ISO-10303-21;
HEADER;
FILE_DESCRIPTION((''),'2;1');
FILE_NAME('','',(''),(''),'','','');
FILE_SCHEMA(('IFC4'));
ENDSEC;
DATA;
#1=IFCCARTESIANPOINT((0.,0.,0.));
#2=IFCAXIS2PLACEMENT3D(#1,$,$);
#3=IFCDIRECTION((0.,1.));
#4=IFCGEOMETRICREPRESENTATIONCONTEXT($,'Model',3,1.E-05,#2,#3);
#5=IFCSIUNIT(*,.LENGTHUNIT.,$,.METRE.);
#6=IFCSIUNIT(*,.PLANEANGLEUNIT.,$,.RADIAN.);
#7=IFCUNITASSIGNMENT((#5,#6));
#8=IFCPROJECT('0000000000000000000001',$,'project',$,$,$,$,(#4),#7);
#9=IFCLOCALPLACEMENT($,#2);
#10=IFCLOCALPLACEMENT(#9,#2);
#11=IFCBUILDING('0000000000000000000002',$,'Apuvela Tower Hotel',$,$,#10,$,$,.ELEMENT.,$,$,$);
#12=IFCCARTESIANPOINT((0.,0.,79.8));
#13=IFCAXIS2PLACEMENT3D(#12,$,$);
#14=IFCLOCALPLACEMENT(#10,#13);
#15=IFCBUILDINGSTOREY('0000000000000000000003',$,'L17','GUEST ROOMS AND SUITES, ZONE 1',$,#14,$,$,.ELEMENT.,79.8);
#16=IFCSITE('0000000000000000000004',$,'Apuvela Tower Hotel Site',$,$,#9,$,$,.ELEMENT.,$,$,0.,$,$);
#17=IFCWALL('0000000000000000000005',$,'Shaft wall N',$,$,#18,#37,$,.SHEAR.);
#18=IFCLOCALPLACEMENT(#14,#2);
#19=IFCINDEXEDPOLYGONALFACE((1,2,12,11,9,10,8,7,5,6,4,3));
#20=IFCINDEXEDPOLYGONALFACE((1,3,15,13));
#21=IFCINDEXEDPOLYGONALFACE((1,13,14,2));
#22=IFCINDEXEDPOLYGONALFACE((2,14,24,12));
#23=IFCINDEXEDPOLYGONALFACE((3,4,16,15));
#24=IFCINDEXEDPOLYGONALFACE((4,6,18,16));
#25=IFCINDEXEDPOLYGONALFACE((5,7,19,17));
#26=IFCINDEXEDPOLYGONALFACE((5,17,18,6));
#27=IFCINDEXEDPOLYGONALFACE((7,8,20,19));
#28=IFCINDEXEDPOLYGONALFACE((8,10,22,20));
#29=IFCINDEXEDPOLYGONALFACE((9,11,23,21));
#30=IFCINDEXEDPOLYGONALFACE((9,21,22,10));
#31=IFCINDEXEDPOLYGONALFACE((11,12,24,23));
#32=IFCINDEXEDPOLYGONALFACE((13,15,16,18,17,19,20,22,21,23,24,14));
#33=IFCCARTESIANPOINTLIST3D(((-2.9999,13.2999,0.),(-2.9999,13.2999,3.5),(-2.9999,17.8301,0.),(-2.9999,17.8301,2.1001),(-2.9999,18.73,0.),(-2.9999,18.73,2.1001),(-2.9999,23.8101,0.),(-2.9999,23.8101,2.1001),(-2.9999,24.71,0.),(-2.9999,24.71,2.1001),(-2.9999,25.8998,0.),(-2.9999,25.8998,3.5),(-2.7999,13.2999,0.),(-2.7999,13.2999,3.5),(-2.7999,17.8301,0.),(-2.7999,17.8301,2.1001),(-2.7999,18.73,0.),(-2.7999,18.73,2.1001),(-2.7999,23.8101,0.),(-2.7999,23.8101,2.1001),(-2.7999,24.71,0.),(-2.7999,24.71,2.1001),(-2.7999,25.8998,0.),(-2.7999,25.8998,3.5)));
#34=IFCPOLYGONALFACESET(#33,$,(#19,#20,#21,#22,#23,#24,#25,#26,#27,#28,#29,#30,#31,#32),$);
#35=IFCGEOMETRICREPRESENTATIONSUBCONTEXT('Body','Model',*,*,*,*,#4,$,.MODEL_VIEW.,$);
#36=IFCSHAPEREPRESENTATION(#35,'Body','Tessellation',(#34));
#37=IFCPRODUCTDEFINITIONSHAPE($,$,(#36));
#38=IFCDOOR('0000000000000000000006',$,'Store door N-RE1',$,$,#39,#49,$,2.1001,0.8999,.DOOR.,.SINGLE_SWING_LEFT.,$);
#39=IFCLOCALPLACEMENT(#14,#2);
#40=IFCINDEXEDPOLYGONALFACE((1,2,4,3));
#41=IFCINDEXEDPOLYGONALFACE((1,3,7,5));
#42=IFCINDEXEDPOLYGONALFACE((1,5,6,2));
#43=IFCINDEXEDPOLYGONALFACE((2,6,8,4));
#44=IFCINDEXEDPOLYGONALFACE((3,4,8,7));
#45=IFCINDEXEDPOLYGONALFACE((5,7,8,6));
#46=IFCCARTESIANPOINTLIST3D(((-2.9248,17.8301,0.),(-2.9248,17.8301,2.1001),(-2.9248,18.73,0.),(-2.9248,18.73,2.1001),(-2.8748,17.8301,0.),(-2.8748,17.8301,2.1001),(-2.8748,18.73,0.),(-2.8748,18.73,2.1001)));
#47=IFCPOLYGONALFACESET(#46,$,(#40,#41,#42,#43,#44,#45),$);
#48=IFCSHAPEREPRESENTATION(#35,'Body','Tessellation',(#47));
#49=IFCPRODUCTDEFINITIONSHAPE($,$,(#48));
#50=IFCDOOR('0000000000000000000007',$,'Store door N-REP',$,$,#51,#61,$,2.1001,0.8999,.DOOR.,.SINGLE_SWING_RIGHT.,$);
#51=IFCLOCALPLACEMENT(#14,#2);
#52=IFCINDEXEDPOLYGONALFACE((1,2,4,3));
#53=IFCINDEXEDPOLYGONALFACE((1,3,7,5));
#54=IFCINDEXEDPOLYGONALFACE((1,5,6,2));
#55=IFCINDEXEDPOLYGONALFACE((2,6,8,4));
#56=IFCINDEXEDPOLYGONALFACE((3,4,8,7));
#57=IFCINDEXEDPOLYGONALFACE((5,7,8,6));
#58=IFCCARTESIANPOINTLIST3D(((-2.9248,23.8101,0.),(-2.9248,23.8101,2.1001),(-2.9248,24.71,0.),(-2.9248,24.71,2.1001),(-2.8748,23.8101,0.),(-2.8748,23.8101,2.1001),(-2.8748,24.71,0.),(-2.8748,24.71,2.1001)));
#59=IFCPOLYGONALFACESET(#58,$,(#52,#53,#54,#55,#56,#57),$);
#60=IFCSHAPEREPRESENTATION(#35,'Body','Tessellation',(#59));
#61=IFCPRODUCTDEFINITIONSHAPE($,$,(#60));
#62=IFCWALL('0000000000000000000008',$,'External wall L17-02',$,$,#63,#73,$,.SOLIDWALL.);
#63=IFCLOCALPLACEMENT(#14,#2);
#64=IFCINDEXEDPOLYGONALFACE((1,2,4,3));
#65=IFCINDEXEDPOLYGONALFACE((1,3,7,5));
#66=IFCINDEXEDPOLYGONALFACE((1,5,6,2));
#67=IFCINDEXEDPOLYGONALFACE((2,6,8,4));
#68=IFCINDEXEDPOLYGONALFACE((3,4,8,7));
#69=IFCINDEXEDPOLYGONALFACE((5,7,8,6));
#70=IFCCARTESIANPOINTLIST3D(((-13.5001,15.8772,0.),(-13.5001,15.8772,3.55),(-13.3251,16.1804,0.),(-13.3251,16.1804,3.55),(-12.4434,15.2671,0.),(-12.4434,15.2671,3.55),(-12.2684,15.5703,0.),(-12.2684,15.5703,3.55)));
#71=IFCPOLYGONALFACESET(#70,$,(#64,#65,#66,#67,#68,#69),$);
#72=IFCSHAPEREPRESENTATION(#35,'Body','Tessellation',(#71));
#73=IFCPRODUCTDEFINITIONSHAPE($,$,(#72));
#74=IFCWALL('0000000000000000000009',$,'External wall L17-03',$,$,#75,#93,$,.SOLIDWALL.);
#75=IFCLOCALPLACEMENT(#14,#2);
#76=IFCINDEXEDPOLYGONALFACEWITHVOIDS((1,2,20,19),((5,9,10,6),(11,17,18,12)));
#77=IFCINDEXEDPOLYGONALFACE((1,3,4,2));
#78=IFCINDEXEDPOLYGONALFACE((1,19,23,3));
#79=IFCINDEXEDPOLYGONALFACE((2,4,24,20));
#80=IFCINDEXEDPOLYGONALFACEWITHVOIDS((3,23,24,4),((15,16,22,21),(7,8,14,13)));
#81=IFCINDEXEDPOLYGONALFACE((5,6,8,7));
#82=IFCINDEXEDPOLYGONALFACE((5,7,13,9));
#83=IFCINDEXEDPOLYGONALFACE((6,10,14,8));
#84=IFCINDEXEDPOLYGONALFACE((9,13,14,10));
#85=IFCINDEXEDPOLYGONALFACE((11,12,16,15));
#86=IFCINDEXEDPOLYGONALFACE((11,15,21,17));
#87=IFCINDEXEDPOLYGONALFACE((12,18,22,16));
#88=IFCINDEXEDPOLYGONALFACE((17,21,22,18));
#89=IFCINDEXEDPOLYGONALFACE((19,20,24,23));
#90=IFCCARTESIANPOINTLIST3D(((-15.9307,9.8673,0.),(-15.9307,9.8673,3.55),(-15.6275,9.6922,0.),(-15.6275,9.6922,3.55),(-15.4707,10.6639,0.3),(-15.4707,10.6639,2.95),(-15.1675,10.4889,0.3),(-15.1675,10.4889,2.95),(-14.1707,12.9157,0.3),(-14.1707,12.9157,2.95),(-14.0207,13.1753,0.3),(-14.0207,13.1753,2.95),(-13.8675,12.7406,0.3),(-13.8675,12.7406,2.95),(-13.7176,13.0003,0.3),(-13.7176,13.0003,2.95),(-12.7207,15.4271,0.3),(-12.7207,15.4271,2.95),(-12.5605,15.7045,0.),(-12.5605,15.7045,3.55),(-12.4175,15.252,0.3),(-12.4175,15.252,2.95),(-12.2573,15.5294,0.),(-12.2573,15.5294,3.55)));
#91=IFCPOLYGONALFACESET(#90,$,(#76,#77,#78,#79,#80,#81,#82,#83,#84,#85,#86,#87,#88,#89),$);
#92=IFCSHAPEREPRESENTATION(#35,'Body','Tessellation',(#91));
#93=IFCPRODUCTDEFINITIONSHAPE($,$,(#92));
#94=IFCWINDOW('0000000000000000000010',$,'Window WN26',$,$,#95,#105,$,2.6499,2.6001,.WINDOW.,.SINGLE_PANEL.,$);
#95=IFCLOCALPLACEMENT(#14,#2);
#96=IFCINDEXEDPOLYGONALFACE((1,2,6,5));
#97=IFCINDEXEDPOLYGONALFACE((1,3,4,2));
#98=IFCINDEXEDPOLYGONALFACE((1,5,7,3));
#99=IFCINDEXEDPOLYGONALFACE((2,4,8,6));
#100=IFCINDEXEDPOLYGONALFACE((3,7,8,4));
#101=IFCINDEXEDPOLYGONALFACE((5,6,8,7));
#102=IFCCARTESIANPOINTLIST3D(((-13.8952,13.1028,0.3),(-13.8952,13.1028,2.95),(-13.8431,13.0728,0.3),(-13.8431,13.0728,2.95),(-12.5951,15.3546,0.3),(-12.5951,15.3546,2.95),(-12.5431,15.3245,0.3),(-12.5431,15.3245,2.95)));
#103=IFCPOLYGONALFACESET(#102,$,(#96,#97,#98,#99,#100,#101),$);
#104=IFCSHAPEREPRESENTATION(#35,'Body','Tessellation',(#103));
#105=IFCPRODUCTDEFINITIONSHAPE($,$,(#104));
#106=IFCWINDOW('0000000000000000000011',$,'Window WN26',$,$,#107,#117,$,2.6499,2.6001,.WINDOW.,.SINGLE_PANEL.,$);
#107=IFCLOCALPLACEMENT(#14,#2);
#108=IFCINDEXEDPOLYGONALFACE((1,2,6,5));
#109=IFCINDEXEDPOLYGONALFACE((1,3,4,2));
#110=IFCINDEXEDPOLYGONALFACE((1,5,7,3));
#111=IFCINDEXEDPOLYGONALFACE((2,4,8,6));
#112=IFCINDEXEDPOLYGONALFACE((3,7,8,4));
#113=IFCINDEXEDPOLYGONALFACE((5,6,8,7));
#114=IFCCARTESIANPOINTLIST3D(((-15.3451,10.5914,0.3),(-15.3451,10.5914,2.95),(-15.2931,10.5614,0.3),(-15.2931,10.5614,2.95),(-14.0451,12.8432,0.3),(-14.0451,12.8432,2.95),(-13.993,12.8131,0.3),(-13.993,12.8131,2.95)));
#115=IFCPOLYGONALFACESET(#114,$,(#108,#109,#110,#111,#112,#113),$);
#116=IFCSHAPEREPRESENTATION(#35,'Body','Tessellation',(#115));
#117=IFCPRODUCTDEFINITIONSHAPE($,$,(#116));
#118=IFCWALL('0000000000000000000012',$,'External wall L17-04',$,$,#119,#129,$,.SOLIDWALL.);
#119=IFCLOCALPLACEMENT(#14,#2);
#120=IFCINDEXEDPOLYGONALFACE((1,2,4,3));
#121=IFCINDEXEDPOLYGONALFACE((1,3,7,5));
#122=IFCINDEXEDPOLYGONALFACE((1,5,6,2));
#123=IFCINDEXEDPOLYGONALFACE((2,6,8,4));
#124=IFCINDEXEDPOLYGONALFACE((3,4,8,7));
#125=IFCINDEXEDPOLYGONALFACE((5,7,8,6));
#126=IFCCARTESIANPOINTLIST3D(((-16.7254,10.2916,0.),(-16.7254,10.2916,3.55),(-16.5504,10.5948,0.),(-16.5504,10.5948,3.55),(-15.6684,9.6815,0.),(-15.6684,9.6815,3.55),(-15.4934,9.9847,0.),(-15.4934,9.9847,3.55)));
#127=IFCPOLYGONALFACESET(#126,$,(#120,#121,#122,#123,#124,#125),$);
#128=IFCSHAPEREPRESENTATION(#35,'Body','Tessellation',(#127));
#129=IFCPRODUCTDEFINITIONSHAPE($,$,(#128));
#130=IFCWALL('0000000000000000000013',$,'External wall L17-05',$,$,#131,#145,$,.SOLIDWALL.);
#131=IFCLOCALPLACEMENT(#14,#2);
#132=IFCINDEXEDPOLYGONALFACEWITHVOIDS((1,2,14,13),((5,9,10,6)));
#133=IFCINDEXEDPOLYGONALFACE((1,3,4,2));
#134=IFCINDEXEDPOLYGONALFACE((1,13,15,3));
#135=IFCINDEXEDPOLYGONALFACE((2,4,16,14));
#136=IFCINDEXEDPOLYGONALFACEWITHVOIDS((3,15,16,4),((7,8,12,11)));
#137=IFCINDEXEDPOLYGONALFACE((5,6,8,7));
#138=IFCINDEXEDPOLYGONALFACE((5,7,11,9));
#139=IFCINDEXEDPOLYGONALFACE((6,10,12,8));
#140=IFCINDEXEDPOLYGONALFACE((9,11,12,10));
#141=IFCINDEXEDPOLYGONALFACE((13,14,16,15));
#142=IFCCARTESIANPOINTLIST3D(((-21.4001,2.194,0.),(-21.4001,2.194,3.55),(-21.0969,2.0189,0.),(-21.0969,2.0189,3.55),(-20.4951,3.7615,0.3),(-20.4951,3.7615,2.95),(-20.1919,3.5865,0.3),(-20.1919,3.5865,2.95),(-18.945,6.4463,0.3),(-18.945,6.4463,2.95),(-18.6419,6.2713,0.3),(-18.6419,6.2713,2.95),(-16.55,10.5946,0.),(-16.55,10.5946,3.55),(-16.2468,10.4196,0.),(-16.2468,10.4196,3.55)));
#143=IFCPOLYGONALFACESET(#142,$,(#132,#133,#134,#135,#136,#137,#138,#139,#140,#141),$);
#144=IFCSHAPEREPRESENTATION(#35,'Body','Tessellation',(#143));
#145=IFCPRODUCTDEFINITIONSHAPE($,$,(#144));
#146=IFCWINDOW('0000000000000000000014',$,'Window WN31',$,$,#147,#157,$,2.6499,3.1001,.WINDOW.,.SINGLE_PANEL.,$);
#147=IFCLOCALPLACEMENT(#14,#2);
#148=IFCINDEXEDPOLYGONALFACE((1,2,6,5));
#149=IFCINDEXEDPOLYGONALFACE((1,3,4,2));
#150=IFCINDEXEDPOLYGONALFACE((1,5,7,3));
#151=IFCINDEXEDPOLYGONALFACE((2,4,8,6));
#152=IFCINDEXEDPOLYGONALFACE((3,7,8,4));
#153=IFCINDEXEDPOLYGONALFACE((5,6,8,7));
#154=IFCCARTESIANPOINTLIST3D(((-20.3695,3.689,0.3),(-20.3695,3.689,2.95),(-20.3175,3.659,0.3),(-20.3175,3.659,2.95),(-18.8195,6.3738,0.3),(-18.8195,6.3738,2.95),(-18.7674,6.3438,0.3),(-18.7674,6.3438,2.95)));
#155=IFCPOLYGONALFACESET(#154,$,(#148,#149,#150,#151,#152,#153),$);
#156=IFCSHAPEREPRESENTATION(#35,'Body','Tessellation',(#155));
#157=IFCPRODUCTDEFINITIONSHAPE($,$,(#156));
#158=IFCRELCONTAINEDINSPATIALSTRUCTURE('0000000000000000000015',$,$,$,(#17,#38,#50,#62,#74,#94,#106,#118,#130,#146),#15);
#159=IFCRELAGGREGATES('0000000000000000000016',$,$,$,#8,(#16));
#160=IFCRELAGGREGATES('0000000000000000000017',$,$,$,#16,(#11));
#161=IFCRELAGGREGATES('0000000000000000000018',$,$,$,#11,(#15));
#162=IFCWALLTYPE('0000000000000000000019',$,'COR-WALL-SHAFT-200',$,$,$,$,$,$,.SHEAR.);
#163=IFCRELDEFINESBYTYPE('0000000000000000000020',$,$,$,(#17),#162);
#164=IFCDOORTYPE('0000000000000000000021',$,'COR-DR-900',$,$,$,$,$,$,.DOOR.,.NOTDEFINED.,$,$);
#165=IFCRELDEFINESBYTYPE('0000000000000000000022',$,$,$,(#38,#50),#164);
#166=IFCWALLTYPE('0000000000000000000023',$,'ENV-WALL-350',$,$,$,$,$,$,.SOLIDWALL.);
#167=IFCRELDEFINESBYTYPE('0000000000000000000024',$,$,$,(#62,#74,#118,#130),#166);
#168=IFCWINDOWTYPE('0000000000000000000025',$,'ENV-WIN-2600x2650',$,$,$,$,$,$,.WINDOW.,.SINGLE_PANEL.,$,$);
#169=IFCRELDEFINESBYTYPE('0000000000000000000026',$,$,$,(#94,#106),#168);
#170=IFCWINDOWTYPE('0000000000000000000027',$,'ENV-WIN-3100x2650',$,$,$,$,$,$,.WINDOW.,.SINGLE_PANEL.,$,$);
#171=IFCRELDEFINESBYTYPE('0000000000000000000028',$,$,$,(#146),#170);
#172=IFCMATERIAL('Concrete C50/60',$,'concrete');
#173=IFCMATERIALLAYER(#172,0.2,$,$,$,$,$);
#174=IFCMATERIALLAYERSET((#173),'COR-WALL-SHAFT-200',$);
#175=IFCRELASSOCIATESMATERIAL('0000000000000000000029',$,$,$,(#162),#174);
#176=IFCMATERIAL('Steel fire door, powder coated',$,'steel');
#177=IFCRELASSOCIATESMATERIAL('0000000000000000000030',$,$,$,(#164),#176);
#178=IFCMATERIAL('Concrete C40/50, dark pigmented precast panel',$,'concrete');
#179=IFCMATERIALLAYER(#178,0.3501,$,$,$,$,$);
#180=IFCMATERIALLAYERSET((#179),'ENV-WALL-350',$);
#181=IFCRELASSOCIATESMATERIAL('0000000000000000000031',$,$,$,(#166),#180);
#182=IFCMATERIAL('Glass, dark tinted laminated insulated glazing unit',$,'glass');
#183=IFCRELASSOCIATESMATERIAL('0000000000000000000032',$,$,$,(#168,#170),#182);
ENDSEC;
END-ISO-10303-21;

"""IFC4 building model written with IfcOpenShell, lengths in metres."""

from ifc_helpers import new_model, si_unit, direction, frame, frame_2d, origin, place, context, subcontext, project, spatial, rectangle, extrude, material, layer, layer_set, type_object, element, fill, save


model = new_model("IFC4")

# Units and contexts
model_context = context("Model", 3, precision=1e-05, world=origin(), true_north=direction((0.0, 1.0)))
body_context = subcontext(model_context, "Body", "Model", "MODEL_VIEW")
ifc_project = project(units=[si_unit("LENGTHUNIT", "METRE"), si_unit("PLANEANGLEUNIT", "RADIAN")], contexts=[model_context])

# Site, building, storey
site_placement = place(None, origin())
site = spatial("IfcSite", under=ifc_project, at=site_placement, Name="Apuvela Tower Hotel Site", CompositionType="ELEMENT", RefElevation=0.0)
building_placement = place(site_placement, origin())
building = spatial("IfcBuilding", under=site, at=building_placement, Name="Apuvela Tower Hotel", CompositionType="ELEMENT")
storey_placement = place(building_placement, frame((0.0, 0.0, 79.8)))
storey = spatial("IfcBuildingStorey", under=building, at=storey_placement, Name="L17", Description="GUEST ROOMS AND SUITES, ZONE 1", CompositionType="ELEMENT", Elevation=79.8)

# Shared definitions
ifc_material_1 = material(Name="Concrete C50/60", Category="concrete")
ifc_layer_1 = layer(ifc_material_1, 0.2)
ifc_layer_set_1 = layer_set([ifc_layer_1], Name="COR-WALL-SHAFT-200")
wall_type_1 = type_object("IfcWallType", Name="COR-WALL-SHAFT-200", PredefinedType="SHEAR", material=ifc_layer_set_1)

# Wall, openings, doors
wall_1_placement = place(storey_placement, frame((-2.8999, 13.3, 0.0), z_axis=(0.0, 0.0, 1.0), x_axis=(0.0, 1.0, 0.0)))
wall_1 = element("IfcWall", 1, at=wall_1_placement, inside=storey, type_object=wall_type_1, Name="Shaft wall N", PredefinedType="SHEAR", context=body_context, shape_type="SweptSolid", body=[
    extrude(rectangle(XDim=12.5999, YDim=0.2, at=frame_2d((6.2998, 0.0))), origin(), (0.0, 0.0, 1.0), 3.5),
])
opening_1_placement = place(wall_1_placement, frame((4.53, 0.0, 0.0)))
opening_1 = element("IfcOpeningElement", 2, at=opening_1_placement, cuts=wall_1, PredefinedType="OPENING", context=body_context, shape_type="SweptSolid", body=[
    extrude(rectangle(XDim=0.8999, YDim=2.1001, at=frame_2d((0.45, 1.05))), frame((0.0, 0.1099, 0.0), z_axis=(0.0, -1.0, 0.0), x_axis=(1.0, 0.0, 0.0)), (0.0, 0.0, 1.0), 0.22),
])
opening_2_placement = place(wall_1_placement, frame((10.51, 0.0, 0.0)))
opening_2 = element("IfcOpeningElement", 3, at=opening_2_placement, cuts=wall_1, PredefinedType="OPENING", context=body_context, shape_type="SweptSolid", body=[
    extrude(rectangle(XDim=0.8999, YDim=2.1001, at=frame_2d((0.45, 1.05))), frame((0.0, 0.1099, 0.0), z_axis=(0.0, -1.0, 0.0), x_axis=(1.0, 0.0, 0.0)), (0.0, 0.0, 1.0), 0.22),
])
ifc_material_2 = material(Name="Steel fire door, powder coated", Category="steel")
door_type = type_object("IfcDoorType", Name="COR-DR-900", OperationType="NOTDEFINED", PredefinedType="DOOR", material=ifc_material_2)
door_1_placement = place(opening_1_placement, origin())
door_1 = element("IfcDoor", 4, at=door_1_placement, inside=storey, type_object=door_type, Name="Store door N-RE1", OperationType="SINGLE_SWING_LEFT", OverallHeight=2.1001, OverallWidth=0.8999, PredefinedType="DOOR", context=body_context, shape_type="SweptSolid", body=[
    extrude(rectangle(XDim=0.8999, YDim=2.1001, at=frame_2d((0.45, 1.05))), frame((0.0, 0.0249, 0.0), z_axis=(0.0, -1.0, 0.0), x_axis=(1.0, 0.0, 0.0)), (0.0, 0.0, 1.0), 0.05),
])
fill(opening_1, door_1)
door_2_placement = place(opening_2_placement, origin())
door_2 = element("IfcDoor", 5, at=door_2_placement, inside=storey, type_object=door_type, Name="Store door N-REP", OperationType="SINGLE_SWING_RIGHT", OverallHeight=2.1001, OverallWidth=0.8999, PredefinedType="DOOR", context=body_context, shape_type="SweptSolid", body=[
    extrude(rectangle(XDim=0.8999, YDim=2.1001, at=frame_2d((0.45, 1.05))), frame((0.0, 0.0249, 0.0), z_axis=(0.0, -1.0, 0.0), x_axis=(1.0, 0.0, 0.0)), (0.0, 0.0, 1.0), 0.05),
])
fill(opening_2, door_2)

# Wall
ifc_material_3 = material(Name="Concrete C40/50, dark pigmented precast panel", Category="concrete")
ifc_layer_2 = layer(ifc_material_3, 0.3501)
ifc_layer_set_2 = layer_set([ifc_layer_2], Name="ENV-WALL-350")
wall_type_2 = type_object("IfcWallType", Name="ENV-WALL-350", PredefinedType="SOLIDWALL", material=ifc_layer_set_2)
wall_2_placement = place(storey_placement, frame((-13.4126, 16.0288, 0.0), z_axis=(0.0, 0.0, 1.0), x_axis=(0.866006, -0.500034, 0.0)))
element("IfcWall", 6, at=wall_2_placement, inside=storey, type_object=wall_type_2, Name="External wall L17-02", PredefinedType="SOLIDWALL", context=body_context, shape_type="SweptSolid", body=[
    extrude(rectangle(XDim=1.2202, YDim=0.3501, at=frame_2d((0.6101, 0.0))), origin(), (0.0, 0.0, 1.0), 3.55),
])

# Wall, openings, windows
wall_3_placement = place(storey_placement, frame((-12.4089, 15.6169, 0.0), z_axis=(0.0, 0.0, 1.0), x_axis=(-0.500004, -0.866023, 0.0)))
wall_3 = element("IfcWall", 7, at=wall_3_placement, inside=storey, type_object=wall_type_2, Name="External wall L17-03", PredefinedType="SOLIDWALL", context=body_context, shape_type="SweptSolid", body=[
    extrude(rectangle(XDim=6.7402, YDim=0.3501, at=frame_2d((3.3701, 0.0))), origin(), (0.0, 0.0, 1.0), 3.55),
])
opening_3_placement = place(wall_3_placement, frame((0.3203, 0.0, 0.3)))
opening_3 = element("IfcOpeningElement", 8, at=opening_3_placement, cuts=wall_3, PredefinedType="OPENING", context=body_context, shape_type="SweptSolid", body=[
    extrude(rectangle(XDim=2.6001, YDim=2.6499, at=frame_2d((1.3, 1.325))), frame((0.0, 0.1851, 0.0), z_axis=(0.0, -1.0, 0.0), x_axis=(1.0, 0.0, 0.0)), (0.0, 0.0, 1.0), 0.3701),
])
opening_4_placement = place(wall_3_placement, frame((3.2202, 0.0, 0.3)))
opening_4 = element("IfcOpeningElement", 9, at=opening_4_placement, cuts=wall_3, PredefinedType="OPENING", context=body_context, shape_type="SweptSolid", body=[
    extrude(rectangle(XDim=2.6001, YDim=2.6499, at=frame_2d((1.3, 1.325))), frame((0.0, 0.1851, 0.0), z_axis=(0.0, -1.0, 0.0), x_axis=(1.0, 0.0, 0.0)), (0.0, 0.0, 1.0), 0.3701),
])
ifc_material_4 = material(Name="Glass, dark tinted laminated insulated glazing unit", Category="glass")
window_type_1 = type_object("IfcWindowType", Name="ENV-WIN-2600x2650", PartitioningType="SINGLE_PANEL", PredefinedType="WINDOW", material=ifc_material_4)
window_1_placement = place(opening_3_placement, origin())
window_1 = element("IfcWindow", 10, at=window_1_placement, inside=storey, type_object=window_type_1, Name="Window WN26", OverallHeight=2.6499, OverallWidth=2.6001, PartitioningType="SINGLE_PANEL", PredefinedType="WINDOW", context=body_context, shape_type="SweptSolid", body=[
    extrude(rectangle(XDim=2.6001, YDim=2.6499, at=frame_2d((1.3, 1.325))), frame((0.0, 0.03, 0.0), z_axis=(0.0, -1.0, 0.0), x_axis=(1.0, 0.0, 0.0)), (0.0, 0.0, 1.0), 0.0601),
])
fill(opening_3, window_1)
window_2_placement = place(opening_4_placement, origin())
window_2 = element("IfcWindow", 11, at=window_2_placement, inside=storey, type_object=window_type_1, Name="Window WN26", OverallHeight=2.6499, OverallWidth=2.6001, PartitioningType="SINGLE_PANEL", PredefinedType="WINDOW", context=body_context, shape_type="SweptSolid", body=[
    extrude(rectangle(XDim=2.6001, YDim=2.6499, at=frame_2d((1.3, 1.325))), frame((0.0, 0.03, 0.0), z_axis=(0.0, -1.0, 0.0), x_axis=(1.0, 0.0, 0.0)), (0.0, 0.0, 1.0), 0.0601),
])
fill(opening_4, window_2)

# Wall
wall_4_placement = place(storey_placement, frame((-15.5808, 9.833, 0.0), z_axis=(0.0, 0.0, 1.0), x_axis=(-0.866056, 0.499948, 0.0)))
element("IfcWall", 12, at=wall_4_placement, inside=storey, type_object=wall_type_2, Name="External wall L17-04", PredefinedType="SOLIDWALL", context=body_context, shape_type="SweptSolid", body=[
    extrude(rectangle(XDim=1.2205, YDim=0.3501, at=frame_2d((0.6104, 0.0))), origin(), (0.0, 0.0, 1.0), 3.55),
])

# Wall, opening, window
wall_5_placement = place(storey_placement, frame((-16.3984, 10.5071, 0.0), z_axis=(0.0, 0.0, 1.0), x_axis=(-0.499999, -0.866026, 0.0)))
wall_5 = element("IfcWall", 13, at=wall_5_placement, inside=storey, type_object=wall_type_2, Name="External wall L17-05", PredefinedType="SOLIDWALL", context=body_context, shape_type="SweptSolid", body=[
    extrude(rectangle(XDim=9.7002, YDim=0.3501, at=frame_2d((4.8501, 0.0))), origin(), (0.0, 0.0, 1.0), 3.55),
])
opening_5_placement = place(wall_5_placement, frame((4.79, 0.0, 0.3)))
opening_5 = element("IfcOpeningElement", 14, at=opening_5_placement, cuts=wall_5, PredefinedType="OPENING", context=body_context, shape_type="SweptSolid", body=[
    extrude(rectangle(XDim=3.1001, YDim=2.6499, at=frame_2d((1.55, 1.325))), frame((0.0, 0.1851, 0.0), z_axis=(0.0, -1.0, 0.0), x_axis=(1.0, 0.0, 0.0)), (0.0, 0.0, 1.0), 0.3701),
])
window_type_2 = type_object("IfcWindowType", Name="ENV-WIN-3100x2650", PartitioningType="SINGLE_PANEL", PredefinedType="WINDOW", material=ifc_material_4)
window_3_placement = place(opening_5_placement, origin())
window_3 = element("IfcWindow", 15, at=window_3_placement, inside=storey, type_object=window_type_2, Name="Window WN31", OverallHeight=2.6499, OverallWidth=3.1001, PartitioningType="SINGLE_PANEL", PredefinedType="WINDOW", context=body_context, shape_type="SweptSolid", body=[
    extrude(rectangle(XDim=3.1001, YDim=2.6499, at=frame_2d((1.55, 1.325))), frame((0.0, 0.03, 0.0), z_axis=(0.0, -1.0, 0.0), x_axis=(1.0, 0.0, 0.0)), (0.0, 0.0, 1.0), 0.0601),
])
fill(opening_5, window_3)

save(model, "model.ifc")
